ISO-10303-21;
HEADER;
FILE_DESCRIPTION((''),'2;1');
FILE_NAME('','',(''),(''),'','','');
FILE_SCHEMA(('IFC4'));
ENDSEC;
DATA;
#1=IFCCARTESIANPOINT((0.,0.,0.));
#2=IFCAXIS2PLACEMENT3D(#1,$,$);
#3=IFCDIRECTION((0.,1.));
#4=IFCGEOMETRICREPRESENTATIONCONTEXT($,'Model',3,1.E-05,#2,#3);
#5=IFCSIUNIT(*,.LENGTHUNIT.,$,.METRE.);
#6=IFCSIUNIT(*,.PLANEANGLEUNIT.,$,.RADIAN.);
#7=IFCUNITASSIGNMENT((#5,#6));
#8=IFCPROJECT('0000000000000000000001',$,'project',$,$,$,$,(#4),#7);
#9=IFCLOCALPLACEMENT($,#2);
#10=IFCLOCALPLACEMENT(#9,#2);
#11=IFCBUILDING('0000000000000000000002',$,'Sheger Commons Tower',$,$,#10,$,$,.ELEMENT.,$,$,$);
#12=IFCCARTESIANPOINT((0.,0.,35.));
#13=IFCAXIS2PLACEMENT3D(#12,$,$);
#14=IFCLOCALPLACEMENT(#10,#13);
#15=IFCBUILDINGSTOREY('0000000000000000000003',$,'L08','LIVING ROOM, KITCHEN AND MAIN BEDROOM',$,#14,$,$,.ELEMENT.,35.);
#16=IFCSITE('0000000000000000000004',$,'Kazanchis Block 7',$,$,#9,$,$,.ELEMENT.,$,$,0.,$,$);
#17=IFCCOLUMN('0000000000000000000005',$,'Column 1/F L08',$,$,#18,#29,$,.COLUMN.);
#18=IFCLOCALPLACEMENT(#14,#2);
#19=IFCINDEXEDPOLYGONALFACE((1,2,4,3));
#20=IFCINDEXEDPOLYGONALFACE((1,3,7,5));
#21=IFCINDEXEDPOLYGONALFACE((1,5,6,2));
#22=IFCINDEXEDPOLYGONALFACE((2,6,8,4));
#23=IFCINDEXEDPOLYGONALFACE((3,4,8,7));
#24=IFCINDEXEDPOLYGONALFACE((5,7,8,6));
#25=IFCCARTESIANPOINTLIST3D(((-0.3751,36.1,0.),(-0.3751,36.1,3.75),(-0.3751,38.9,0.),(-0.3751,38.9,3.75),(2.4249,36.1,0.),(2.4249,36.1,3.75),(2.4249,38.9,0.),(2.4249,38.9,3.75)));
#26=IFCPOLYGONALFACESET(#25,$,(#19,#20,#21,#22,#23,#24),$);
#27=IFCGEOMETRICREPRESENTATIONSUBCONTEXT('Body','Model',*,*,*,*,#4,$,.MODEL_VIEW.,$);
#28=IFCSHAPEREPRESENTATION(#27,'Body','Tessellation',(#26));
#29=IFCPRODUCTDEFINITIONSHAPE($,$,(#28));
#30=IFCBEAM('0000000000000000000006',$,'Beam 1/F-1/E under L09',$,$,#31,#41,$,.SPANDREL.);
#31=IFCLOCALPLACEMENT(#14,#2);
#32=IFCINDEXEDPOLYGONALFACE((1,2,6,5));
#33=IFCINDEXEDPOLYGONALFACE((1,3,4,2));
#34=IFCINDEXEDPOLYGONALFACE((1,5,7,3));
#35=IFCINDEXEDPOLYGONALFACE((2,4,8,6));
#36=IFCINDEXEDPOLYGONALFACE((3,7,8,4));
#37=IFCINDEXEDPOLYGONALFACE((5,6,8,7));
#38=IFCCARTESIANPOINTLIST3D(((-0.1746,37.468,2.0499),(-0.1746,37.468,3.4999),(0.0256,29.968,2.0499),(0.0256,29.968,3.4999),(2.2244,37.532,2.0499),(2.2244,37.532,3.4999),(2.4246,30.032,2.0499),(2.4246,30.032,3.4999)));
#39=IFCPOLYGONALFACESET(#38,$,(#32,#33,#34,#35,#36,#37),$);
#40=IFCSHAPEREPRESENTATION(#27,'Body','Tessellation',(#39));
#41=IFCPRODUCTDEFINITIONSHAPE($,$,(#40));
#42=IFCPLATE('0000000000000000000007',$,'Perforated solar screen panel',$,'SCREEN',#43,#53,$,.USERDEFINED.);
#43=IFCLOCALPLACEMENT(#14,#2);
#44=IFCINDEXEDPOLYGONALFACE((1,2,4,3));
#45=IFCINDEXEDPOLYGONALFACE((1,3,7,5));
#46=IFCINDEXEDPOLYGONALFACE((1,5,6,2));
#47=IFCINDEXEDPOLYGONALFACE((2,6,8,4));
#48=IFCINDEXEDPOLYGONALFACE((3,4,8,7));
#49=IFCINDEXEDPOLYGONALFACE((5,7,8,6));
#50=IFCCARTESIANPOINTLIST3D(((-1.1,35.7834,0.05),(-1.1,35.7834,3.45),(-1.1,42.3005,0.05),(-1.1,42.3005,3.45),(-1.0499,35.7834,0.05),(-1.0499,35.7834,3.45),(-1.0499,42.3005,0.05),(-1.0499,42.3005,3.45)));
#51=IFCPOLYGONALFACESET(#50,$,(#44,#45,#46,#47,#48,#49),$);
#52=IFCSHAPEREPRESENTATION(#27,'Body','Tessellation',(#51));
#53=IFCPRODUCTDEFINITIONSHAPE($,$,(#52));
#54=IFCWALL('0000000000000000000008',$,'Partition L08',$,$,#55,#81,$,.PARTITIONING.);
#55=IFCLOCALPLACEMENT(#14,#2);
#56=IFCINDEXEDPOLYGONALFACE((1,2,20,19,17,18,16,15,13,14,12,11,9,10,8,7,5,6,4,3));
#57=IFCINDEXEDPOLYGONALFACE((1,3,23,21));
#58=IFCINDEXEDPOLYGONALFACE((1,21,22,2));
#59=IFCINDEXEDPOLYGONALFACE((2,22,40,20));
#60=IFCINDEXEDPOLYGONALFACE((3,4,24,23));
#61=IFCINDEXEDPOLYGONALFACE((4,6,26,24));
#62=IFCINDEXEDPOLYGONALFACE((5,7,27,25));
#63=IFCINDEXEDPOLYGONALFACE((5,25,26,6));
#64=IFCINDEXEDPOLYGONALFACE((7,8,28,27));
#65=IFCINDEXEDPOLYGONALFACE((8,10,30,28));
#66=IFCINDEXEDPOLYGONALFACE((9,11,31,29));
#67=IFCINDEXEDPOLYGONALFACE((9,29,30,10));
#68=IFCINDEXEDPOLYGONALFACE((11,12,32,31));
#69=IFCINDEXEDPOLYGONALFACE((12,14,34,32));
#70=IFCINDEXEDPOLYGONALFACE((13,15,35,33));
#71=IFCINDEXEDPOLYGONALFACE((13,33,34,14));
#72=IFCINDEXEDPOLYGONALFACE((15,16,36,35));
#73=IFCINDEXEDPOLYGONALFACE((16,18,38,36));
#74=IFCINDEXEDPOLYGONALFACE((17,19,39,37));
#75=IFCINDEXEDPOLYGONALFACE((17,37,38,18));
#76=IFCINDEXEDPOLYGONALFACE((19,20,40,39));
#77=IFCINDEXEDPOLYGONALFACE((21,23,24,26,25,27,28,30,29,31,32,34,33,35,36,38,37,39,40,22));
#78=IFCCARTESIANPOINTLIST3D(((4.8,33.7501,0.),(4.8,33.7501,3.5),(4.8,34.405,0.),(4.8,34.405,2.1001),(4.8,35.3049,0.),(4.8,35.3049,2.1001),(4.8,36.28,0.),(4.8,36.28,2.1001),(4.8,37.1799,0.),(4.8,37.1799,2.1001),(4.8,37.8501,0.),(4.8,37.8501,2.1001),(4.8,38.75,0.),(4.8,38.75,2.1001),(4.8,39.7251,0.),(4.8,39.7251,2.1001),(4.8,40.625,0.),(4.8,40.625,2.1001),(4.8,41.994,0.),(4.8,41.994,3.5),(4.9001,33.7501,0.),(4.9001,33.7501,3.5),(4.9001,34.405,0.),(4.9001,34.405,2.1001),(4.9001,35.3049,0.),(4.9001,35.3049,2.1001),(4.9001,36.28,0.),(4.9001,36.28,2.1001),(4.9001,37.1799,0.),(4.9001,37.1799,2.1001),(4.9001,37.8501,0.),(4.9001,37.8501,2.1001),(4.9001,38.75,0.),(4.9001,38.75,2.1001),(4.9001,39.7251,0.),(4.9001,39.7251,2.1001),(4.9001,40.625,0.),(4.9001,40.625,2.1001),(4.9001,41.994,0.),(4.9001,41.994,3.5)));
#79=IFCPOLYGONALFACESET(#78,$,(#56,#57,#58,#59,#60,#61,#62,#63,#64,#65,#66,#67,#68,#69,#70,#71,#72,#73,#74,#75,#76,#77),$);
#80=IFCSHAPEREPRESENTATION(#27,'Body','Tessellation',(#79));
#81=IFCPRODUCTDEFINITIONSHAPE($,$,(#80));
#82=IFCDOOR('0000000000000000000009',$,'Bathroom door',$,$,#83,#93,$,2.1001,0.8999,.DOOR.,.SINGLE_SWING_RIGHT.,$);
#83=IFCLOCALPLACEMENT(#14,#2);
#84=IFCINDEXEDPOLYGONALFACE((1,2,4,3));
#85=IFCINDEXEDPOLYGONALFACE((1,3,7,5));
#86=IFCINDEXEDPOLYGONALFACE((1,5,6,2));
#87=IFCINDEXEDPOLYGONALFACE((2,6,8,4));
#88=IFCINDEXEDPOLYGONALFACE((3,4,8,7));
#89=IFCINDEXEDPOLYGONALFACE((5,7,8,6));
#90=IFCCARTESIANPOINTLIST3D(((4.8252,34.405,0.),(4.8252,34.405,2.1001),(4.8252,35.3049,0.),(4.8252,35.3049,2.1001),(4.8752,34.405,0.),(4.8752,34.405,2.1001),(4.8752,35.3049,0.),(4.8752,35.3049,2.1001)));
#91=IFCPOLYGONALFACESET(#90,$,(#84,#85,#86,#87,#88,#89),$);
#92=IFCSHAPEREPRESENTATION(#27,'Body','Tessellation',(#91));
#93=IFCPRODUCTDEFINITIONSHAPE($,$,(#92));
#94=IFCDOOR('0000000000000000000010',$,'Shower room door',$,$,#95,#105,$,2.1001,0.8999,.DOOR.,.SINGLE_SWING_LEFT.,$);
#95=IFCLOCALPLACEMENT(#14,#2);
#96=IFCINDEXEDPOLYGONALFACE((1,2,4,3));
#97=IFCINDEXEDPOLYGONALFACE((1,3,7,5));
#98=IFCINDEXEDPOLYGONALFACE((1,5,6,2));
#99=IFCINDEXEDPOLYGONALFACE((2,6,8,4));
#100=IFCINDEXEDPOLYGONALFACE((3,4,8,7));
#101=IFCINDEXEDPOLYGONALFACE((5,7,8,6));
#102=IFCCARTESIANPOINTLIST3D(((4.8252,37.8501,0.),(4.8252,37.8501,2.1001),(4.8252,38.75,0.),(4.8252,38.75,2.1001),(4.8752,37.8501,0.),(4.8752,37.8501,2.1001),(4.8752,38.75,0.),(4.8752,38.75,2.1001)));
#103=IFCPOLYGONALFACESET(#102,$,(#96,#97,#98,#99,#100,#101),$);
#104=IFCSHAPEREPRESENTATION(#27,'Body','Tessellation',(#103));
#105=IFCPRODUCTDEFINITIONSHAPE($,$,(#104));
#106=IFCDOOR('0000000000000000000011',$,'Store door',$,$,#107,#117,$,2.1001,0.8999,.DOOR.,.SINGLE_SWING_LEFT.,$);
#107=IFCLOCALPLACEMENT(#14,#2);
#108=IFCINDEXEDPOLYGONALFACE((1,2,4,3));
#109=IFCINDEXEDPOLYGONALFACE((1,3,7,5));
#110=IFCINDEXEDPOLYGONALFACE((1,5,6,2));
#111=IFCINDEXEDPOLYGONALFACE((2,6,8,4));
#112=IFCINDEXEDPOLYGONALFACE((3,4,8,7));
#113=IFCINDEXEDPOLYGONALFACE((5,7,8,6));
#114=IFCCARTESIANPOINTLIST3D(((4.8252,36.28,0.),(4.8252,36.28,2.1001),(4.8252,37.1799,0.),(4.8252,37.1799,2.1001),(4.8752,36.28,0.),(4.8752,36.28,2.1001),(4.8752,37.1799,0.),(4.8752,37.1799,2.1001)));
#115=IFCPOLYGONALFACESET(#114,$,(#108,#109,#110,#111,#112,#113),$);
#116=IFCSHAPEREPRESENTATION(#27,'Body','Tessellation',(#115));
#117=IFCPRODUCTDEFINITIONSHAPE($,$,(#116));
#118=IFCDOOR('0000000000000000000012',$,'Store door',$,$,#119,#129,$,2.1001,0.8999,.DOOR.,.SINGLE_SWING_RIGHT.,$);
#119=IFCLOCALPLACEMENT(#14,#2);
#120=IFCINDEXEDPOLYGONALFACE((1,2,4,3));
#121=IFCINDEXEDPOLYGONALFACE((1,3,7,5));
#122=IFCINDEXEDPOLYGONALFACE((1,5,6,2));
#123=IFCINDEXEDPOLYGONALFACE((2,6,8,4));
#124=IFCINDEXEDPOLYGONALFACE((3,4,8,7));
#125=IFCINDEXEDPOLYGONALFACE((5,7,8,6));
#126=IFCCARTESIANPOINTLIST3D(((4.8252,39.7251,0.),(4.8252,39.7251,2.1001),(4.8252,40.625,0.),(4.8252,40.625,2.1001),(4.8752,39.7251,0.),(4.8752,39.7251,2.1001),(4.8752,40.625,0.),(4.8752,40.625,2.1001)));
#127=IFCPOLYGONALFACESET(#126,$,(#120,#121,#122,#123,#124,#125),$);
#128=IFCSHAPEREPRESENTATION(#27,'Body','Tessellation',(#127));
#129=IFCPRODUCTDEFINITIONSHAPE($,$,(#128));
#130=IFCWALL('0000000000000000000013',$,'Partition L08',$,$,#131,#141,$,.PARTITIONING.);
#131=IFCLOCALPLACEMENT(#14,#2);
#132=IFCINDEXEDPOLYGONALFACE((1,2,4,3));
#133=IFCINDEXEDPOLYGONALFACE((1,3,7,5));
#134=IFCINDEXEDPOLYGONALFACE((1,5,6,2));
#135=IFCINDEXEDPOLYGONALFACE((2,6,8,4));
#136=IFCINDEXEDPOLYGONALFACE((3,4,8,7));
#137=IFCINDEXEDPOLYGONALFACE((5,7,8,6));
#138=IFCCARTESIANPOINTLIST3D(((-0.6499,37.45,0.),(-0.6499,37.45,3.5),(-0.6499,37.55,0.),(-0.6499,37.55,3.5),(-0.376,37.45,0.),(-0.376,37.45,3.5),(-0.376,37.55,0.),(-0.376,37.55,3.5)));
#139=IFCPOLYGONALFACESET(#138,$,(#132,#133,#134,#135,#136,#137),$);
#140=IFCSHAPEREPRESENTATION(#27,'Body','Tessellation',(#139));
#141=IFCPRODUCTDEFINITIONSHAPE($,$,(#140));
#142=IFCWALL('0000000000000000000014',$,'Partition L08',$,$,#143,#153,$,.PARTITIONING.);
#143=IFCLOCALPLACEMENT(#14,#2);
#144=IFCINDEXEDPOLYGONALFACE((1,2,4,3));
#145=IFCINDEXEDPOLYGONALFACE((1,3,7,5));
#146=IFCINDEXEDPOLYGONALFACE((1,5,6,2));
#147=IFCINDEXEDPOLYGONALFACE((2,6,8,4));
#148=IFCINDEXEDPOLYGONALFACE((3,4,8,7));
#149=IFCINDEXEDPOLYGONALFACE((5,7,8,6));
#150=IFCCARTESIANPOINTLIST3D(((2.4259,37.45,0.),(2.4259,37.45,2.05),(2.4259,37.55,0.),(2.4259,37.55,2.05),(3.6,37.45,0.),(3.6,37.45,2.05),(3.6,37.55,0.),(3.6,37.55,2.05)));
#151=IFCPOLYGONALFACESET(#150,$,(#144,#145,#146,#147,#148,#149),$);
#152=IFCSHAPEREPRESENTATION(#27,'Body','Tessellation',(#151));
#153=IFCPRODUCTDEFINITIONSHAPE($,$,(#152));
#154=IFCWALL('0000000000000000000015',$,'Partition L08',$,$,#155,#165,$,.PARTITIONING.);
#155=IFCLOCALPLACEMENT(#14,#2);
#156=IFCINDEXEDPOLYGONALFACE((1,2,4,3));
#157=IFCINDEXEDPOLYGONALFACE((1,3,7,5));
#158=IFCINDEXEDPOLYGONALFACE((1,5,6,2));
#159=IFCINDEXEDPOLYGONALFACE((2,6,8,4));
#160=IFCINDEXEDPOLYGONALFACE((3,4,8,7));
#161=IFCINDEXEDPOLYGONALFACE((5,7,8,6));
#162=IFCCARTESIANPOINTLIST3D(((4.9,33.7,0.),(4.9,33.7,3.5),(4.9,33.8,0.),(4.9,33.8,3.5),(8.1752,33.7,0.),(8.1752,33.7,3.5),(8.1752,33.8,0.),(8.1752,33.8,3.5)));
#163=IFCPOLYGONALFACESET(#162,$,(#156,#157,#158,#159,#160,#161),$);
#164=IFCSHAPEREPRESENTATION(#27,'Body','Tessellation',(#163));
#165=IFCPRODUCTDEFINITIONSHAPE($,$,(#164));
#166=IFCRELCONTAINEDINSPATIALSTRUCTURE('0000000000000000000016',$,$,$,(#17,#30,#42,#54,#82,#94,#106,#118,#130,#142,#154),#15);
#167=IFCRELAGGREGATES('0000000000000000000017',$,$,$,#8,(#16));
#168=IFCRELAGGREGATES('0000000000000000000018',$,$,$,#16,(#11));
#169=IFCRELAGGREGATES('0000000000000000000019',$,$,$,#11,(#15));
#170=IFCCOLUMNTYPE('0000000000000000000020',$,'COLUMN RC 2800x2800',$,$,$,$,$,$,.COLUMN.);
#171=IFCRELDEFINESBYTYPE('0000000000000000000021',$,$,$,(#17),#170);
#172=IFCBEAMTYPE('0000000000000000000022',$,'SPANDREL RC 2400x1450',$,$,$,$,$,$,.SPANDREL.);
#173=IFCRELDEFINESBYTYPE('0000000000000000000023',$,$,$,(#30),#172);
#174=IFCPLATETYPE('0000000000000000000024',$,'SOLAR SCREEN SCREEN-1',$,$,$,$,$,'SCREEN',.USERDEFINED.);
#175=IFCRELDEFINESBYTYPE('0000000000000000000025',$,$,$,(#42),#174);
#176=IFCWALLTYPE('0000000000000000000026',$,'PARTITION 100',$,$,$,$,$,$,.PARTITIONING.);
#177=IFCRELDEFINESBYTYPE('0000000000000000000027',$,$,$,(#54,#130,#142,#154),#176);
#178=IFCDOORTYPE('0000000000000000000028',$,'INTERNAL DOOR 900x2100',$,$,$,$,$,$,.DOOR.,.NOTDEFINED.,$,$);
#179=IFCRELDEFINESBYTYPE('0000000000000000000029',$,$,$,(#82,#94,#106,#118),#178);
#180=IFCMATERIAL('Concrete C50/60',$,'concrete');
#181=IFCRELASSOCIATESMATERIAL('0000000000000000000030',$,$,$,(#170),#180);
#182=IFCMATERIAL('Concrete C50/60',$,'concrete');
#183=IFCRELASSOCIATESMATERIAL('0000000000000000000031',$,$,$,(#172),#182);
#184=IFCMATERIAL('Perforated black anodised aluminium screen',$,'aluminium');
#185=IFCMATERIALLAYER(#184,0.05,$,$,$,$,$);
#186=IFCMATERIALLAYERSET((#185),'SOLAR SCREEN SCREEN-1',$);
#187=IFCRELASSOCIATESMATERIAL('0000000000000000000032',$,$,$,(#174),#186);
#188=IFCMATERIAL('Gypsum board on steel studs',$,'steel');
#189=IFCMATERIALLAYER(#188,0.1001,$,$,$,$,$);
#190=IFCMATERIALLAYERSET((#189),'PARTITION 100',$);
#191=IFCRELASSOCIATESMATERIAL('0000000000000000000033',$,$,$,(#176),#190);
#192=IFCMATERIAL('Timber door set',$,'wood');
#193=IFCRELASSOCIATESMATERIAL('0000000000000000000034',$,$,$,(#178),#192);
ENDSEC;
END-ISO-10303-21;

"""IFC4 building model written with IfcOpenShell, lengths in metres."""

from ifc_helpers import new_model, si_unit, direction, frame, frame_2d, origin, origin_2d, place, context, subcontext, project, spatial, rectangle, extrude, material, layer, layer_set, material_profile, profile_set, type_object, element, fill, save


model = new_model("IFC4")

# Units and contexts
model_context = context("Model", 3, precision=1e-05, world=origin(), true_north=direction((0.0, 1.0)))
body_context = subcontext(model_context, "Body", "Model", "MODEL_VIEW")
ifc_project = project(units=[si_unit("LENGTHUNIT", "METRE"), si_unit("PLANEANGLEUNIT", "RADIAN")], contexts=[model_context])

# Site, building, storey
site_placement = place(None, origin())
site = spatial("IfcSite", under=ifc_project, at=site_placement, Name="Kazanchis Block 7", CompositionType="ELEMENT", RefElevation=0.0)
building_placement = place(site_placement, origin())
building = spatial("IfcBuilding", under=site, at=building_placement, Name="Sheger Commons Tower", CompositionType="ELEMENT")
storey_placement = place(building_placement, frame((0.0, 0.0, 35.0)))
storey = spatial("IfcBuildingStorey", under=building, at=storey_placement, Name="L08", Description="LIVING ROOM, KITCHEN AND MAIN BEDROOM", CompositionType="ELEMENT", Elevation=35.0)

# Column
ifc_material_1 = material(Name="Concrete C50/60", Category="concrete")
ifc_material_profile_1 = material_profile(ifc_material_1, rectangle(XDim=2.8, YDim=2.8, at=origin_2d()), Name="RC 2800x2800")
ifc_profile_set_1 = profile_set([ifc_material_profile_1], Name="Concrete C50/60")
column_type = type_object("IfcColumnType", Name="COLUMN RC 2800x2800", PredefinedType="COLUMN", material=ifc_profile_set_1)
column_placement = place(storey_placement, frame((1.0249, 37.5, 0.0), z_axis=(0.0, 0.0, 1.0), x_axis=(1.0, 0.0, 0.0)))
element("IfcColumn", 1, at=column_placement, inside=storey, type_object=column_type, Name="Column 1/F L08", PredefinedType="COLUMN", context=body_context, shape_type="SweptSolid", body=[
    extrude(rectangle(XDim=2.8, YDim=2.8, at=origin_2d()), origin(), (0.0, 0.0, 1.0), 3.75),
])

# Beam
ifc_material_2 = material(Name="Concrete C50/60", Category="concrete")
ifc_material_profile_2 = material_profile(ifc_material_2, rectangle(XDim=2.3999, YDim=1.45, at=origin_2d()), Name="RC 2400x1450")
ifc_profile_set_2 = profile_set([ifc_material_profile_2], Name="Concrete C50/60")
beam_type = type_object("IfcBeamType", Name="SPANDREL RC 2400x1450", PredefinedType="SPANDREL", material=ifc_profile_set_2)
beam_placement = place(storey_placement, frame((1.0249, 37.5, 2.7749), z_axis=(0.026683, -0.999644, 0.0), x_axis=(0.999644, 0.026683, 0.0)))
element("IfcBeam", 2, at=beam_placement, inside=storey, type_object=beam_type, Name="Beam 1/F-1/E under L09", PredefinedType="SPANDREL", context=body_context, shape_type="SweptSolid", body=[
    extrude(rectangle(XDim=2.3999, YDim=1.45, at=origin_2d()), origin(), (0.0, 0.0, 1.0), 7.5027),
])

# Plate
ifc_material_3 = material(Name="Perforated black anodised aluminium screen", Category="aluminium")
ifc_layer_1 = layer(ifc_material_3, 0.05)
ifc_layer_set_1 = layer_set([ifc_layer_1], Name="SOLAR SCREEN SCREEN-1")
plate_type = type_object("IfcPlateType", Name="SOLAR SCREEN SCREEN-1", ElementType="SCREEN", PredefinedType="USERDEFINED", material=ifc_layer_set_1)
plate_placement = place(storey_placement, frame((-1.075, 39.042, 0.05), z_axis=(0.0, 0.0, 1.0), x_axis=(0.0, -1.0, 0.0)))
element("IfcPlate", 3, at=plate_placement, inside=storey, type_object=plate_type, Name="Perforated solar screen panel", ObjectType="SCREEN", PredefinedType="USERDEFINED", context=body_context, shape_type="SweptSolid", body=[
    extrude(rectangle(XDim=6.5171, YDim=0.05, at=origin_2d()), origin(), (0.0, 0.0, 1.0), 3.3999),
])

# Wall, openings, doors
ifc_material_4 = material(Name="Gypsum board on steel studs", Category="steel")
ifc_layer_2 = layer(ifc_material_4, 0.1001)
ifc_layer_set_2 = layer_set([ifc_layer_2], Name="PARTITION 100")
wall_type = type_object("IfcWallType", Name="PARTITION 100", PredefinedType="PARTITIONING", material=ifc_layer_set_2)
wall_1_placement = place(storey_placement, frame((4.8501, 33.75, 0.0), z_axis=(0.0, 0.0, 1.0), x_axis=(0.0, 1.0, 0.0)))
wall_1 = element("IfcWall", 4, at=wall_1_placement, inside=storey, type_object=wall_type, Name="Partition L08", PredefinedType="PARTITIONING", context=body_context, shape_type="SweptSolid", body=[
    extrude(rectangle(XDim=8.2439, YDim=0.1001, at=frame_2d((4.1221, 0.0))), origin(), (0.0, 0.0, 1.0), 3.5),
])
opening_1_placement = place(wall_1_placement, frame((0.655, 0.0, 0.0)))
opening_1 = element("IfcOpeningElement", 5, at=opening_1_placement, cuts=wall_1, PredefinedType="OPENING", context=body_context, shape_type="SweptSolid", body=[
    extrude(rectangle(XDim=0.8999, YDim=2.1001, at=frame_2d((0.45, 1.05))), frame((0.0, 0.0601, 0.0), z_axis=(0.0, -1.0, 0.0), x_axis=(1.0, 0.0, 0.0)), (0.0, 0.0, 1.0), 0.1201),
])
opening_2_placement = place(wall_1_placement, frame((4.1001, 0.0, 0.0)))
opening_2 = element("IfcOpeningElement", 6, at=opening_2_placement, cuts=wall_1, PredefinedType="OPENING", context=body_context, shape_type="SweptSolid", body=[
    extrude(rectangle(XDim=0.8999, YDim=2.1001, at=frame_2d((0.45, 1.05))), frame((0.0, 0.0601, 0.0), z_axis=(0.0, -1.0, 0.0), x_axis=(1.0, 0.0, 0.0)), (0.0, 0.0, 1.0), 0.1201),
])
opening_3_placement = place(wall_1_placement, frame((2.53, 0.0, 0.0)))
opening_3 = element("IfcOpeningElement", 7, at=opening_3_placement, cuts=wall_1, PredefinedType="OPENING", context=body_context, shape_type="SweptSolid", body=[
    extrude(rectangle(XDim=0.8999, YDim=2.1001, at=frame_2d((0.45, 1.05))), frame((0.0, 0.0601, 0.0), z_axis=(0.0, -1.0, 0.0), x_axis=(1.0, 0.0, 0.0)), (0.0, 0.0, 1.0), 0.1201),
])
opening_4_placement = place(wall_1_placement, frame((5.9751, 0.0, 0.0)))
opening_4 = element("IfcOpeningElement", 8, at=opening_4_placement, cuts=wall_1, PredefinedType="OPENING", context=body_context, shape_type="SweptSolid", body=[
    extrude(rectangle(XDim=0.8999, YDim=2.1001, at=frame_2d((0.45, 1.05))), frame((0.0, 0.0601, 0.0), z_axis=(0.0, -1.0, 0.0), x_axis=(1.0, 0.0, 0.0)), (0.0, 0.0, 1.0), 0.1201),
])
ifc_material_5 = material(Name="Timber door set", Category="wood")
door_type = type_object("IfcDoorType", Name="INTERNAL DOOR 900x2100", OperationType="NOTDEFINED", PredefinedType="DOOR", material=ifc_material_5)
door_1_placement = place(opening_1_placement, origin())
door_1 = element("IfcDoor", 9, at=door_1_placement, inside=storey, type_object=door_type, Name="Bathroom door", OperationType="SINGLE_SWING_RIGHT", OverallHeight=2.1001, OverallWidth=0.8999, PredefinedType="DOOR", context=body_context, shape_type="SweptSolid", body=[
    extrude(rectangle(XDim=0.8999, YDim=2.1001, at=frame_2d((0.45, 1.05))), frame((0.0, 0.0249, 0.0), z_axis=(0.0, -1.0, 0.0), x_axis=(1.0, 0.0, 0.0)), (0.0, 0.0, 1.0), 0.05),
])
fill(opening_1, door_1)
door_2_placement = place(opening_2_placement, origin())
door_2 = element("IfcDoor", 10, at=door_2_placement, inside=storey, type_object=door_type, Name="Shower room door", OperationType="SINGLE_SWING_LEFT", OverallHeight=2.1001, OverallWidth=0.8999, PredefinedType="DOOR", context=body_context, shape_type="SweptSolid", body=[
    extrude(rectangle(XDim=0.8999, YDim=2.1001, at=frame_2d((0.45, 1.05))), frame((0.0, 0.0249, 0.0), z_axis=(0.0, -1.0, 0.0), x_axis=(1.0, 0.0, 0.0)), (0.0, 0.0, 1.0), 0.05),
])
fill(opening_2, door_2)
door_3_placement = place(opening_3_placement, origin())
door_3 = element("IfcDoor", 11, at=door_3_placement, inside=storey, type_object=door_type, Name="Store door", OperationType="SINGLE_SWING_LEFT", OverallHeight=2.1001, OverallWidth=0.8999, PredefinedType="DOOR", context=body_context, shape_type="SweptSolid", body=[
    extrude(rectangle(XDim=0.8999, YDim=2.1001, at=frame_2d((0.45, 1.05))), frame((0.0, 0.0249, 0.0), z_axis=(0.0, -1.0, 0.0), x_axis=(1.0, 0.0, 0.0)), (0.0, 0.0, 1.0), 0.05),
])
fill(opening_3, door_3)
door_4_placement = place(opening_4_placement, origin())
door_4 = element("IfcDoor", 12, at=door_4_placement, inside=storey, type_object=door_type, Name="Store door", OperationType="SINGLE_SWING_RIGHT", OverallHeight=2.1001, OverallWidth=0.8999, PredefinedType="DOOR", context=body_context, shape_type="SweptSolid", body=[
    extrude(rectangle(XDim=0.8999, YDim=2.1001, at=frame_2d((0.45, 1.05))), frame((0.0, 0.0249, 0.0), z_axis=(0.0, -1.0, 0.0), x_axis=(1.0, 0.0, 0.0)), (0.0, 0.0, 1.0), 0.05),
])
fill(opening_4, door_4)

# Walls
wall_2_placement = place(storey_placement, frame((-0.6499, 37.5, 0.0), z_axis=(0.0, 0.0, 1.0), x_axis=(1.0, 0.0, 0.0)))
element("IfcWall", 13, at=wall_2_placement, inside=storey, type_object=wall_type, Name="Partition L08", PredefinedType="PARTITIONING", context=body_context, shape_type="SweptSolid", body=[
    extrude(rectangle(XDim=0.2739, YDim=0.1001, at=frame_2d((0.137, 0.0))), origin(), (0.0, 0.0, 1.0), 3.5),
])
wall_3_placement = place(storey_placement, frame((2.426, 37.5, 0.0), z_axis=(0.0, 0.0, 1.0), x_axis=(1.0, 0.0, 0.0)))
element("IfcWall", 14, at=wall_3_placement, inside=storey, type_object=wall_type, Name="Partition L08", PredefinedType="PARTITIONING", context=body_context, shape_type="SweptSolid", body=[
    extrude(rectangle(XDim=1.1741, YDim=0.1001, at=frame_2d((0.5869, 0.0))), origin(), (0.0, 0.0, 1.0), 2.05),
])
wall_4_placement = place(storey_placement, frame((4.8999, 33.75, 0.0), z_axis=(0.0, 0.0, 1.0), x_axis=(1.0, 0.0, 0.0)))
element("IfcWall", 15, at=wall_4_placement, inside=storey, type_object=wall_type, Name="Partition L08", PredefinedType="PARTITIONING", context=body_context, shape_type="SweptSolid", body=[
    extrude(rectangle(XDim=3.2751, YDim=0.1001, at=frame_2d((1.6377, 0.0))), origin(), (0.0, 0.0, 1.0), 3.5),
])

save(model, "model.ifc")
